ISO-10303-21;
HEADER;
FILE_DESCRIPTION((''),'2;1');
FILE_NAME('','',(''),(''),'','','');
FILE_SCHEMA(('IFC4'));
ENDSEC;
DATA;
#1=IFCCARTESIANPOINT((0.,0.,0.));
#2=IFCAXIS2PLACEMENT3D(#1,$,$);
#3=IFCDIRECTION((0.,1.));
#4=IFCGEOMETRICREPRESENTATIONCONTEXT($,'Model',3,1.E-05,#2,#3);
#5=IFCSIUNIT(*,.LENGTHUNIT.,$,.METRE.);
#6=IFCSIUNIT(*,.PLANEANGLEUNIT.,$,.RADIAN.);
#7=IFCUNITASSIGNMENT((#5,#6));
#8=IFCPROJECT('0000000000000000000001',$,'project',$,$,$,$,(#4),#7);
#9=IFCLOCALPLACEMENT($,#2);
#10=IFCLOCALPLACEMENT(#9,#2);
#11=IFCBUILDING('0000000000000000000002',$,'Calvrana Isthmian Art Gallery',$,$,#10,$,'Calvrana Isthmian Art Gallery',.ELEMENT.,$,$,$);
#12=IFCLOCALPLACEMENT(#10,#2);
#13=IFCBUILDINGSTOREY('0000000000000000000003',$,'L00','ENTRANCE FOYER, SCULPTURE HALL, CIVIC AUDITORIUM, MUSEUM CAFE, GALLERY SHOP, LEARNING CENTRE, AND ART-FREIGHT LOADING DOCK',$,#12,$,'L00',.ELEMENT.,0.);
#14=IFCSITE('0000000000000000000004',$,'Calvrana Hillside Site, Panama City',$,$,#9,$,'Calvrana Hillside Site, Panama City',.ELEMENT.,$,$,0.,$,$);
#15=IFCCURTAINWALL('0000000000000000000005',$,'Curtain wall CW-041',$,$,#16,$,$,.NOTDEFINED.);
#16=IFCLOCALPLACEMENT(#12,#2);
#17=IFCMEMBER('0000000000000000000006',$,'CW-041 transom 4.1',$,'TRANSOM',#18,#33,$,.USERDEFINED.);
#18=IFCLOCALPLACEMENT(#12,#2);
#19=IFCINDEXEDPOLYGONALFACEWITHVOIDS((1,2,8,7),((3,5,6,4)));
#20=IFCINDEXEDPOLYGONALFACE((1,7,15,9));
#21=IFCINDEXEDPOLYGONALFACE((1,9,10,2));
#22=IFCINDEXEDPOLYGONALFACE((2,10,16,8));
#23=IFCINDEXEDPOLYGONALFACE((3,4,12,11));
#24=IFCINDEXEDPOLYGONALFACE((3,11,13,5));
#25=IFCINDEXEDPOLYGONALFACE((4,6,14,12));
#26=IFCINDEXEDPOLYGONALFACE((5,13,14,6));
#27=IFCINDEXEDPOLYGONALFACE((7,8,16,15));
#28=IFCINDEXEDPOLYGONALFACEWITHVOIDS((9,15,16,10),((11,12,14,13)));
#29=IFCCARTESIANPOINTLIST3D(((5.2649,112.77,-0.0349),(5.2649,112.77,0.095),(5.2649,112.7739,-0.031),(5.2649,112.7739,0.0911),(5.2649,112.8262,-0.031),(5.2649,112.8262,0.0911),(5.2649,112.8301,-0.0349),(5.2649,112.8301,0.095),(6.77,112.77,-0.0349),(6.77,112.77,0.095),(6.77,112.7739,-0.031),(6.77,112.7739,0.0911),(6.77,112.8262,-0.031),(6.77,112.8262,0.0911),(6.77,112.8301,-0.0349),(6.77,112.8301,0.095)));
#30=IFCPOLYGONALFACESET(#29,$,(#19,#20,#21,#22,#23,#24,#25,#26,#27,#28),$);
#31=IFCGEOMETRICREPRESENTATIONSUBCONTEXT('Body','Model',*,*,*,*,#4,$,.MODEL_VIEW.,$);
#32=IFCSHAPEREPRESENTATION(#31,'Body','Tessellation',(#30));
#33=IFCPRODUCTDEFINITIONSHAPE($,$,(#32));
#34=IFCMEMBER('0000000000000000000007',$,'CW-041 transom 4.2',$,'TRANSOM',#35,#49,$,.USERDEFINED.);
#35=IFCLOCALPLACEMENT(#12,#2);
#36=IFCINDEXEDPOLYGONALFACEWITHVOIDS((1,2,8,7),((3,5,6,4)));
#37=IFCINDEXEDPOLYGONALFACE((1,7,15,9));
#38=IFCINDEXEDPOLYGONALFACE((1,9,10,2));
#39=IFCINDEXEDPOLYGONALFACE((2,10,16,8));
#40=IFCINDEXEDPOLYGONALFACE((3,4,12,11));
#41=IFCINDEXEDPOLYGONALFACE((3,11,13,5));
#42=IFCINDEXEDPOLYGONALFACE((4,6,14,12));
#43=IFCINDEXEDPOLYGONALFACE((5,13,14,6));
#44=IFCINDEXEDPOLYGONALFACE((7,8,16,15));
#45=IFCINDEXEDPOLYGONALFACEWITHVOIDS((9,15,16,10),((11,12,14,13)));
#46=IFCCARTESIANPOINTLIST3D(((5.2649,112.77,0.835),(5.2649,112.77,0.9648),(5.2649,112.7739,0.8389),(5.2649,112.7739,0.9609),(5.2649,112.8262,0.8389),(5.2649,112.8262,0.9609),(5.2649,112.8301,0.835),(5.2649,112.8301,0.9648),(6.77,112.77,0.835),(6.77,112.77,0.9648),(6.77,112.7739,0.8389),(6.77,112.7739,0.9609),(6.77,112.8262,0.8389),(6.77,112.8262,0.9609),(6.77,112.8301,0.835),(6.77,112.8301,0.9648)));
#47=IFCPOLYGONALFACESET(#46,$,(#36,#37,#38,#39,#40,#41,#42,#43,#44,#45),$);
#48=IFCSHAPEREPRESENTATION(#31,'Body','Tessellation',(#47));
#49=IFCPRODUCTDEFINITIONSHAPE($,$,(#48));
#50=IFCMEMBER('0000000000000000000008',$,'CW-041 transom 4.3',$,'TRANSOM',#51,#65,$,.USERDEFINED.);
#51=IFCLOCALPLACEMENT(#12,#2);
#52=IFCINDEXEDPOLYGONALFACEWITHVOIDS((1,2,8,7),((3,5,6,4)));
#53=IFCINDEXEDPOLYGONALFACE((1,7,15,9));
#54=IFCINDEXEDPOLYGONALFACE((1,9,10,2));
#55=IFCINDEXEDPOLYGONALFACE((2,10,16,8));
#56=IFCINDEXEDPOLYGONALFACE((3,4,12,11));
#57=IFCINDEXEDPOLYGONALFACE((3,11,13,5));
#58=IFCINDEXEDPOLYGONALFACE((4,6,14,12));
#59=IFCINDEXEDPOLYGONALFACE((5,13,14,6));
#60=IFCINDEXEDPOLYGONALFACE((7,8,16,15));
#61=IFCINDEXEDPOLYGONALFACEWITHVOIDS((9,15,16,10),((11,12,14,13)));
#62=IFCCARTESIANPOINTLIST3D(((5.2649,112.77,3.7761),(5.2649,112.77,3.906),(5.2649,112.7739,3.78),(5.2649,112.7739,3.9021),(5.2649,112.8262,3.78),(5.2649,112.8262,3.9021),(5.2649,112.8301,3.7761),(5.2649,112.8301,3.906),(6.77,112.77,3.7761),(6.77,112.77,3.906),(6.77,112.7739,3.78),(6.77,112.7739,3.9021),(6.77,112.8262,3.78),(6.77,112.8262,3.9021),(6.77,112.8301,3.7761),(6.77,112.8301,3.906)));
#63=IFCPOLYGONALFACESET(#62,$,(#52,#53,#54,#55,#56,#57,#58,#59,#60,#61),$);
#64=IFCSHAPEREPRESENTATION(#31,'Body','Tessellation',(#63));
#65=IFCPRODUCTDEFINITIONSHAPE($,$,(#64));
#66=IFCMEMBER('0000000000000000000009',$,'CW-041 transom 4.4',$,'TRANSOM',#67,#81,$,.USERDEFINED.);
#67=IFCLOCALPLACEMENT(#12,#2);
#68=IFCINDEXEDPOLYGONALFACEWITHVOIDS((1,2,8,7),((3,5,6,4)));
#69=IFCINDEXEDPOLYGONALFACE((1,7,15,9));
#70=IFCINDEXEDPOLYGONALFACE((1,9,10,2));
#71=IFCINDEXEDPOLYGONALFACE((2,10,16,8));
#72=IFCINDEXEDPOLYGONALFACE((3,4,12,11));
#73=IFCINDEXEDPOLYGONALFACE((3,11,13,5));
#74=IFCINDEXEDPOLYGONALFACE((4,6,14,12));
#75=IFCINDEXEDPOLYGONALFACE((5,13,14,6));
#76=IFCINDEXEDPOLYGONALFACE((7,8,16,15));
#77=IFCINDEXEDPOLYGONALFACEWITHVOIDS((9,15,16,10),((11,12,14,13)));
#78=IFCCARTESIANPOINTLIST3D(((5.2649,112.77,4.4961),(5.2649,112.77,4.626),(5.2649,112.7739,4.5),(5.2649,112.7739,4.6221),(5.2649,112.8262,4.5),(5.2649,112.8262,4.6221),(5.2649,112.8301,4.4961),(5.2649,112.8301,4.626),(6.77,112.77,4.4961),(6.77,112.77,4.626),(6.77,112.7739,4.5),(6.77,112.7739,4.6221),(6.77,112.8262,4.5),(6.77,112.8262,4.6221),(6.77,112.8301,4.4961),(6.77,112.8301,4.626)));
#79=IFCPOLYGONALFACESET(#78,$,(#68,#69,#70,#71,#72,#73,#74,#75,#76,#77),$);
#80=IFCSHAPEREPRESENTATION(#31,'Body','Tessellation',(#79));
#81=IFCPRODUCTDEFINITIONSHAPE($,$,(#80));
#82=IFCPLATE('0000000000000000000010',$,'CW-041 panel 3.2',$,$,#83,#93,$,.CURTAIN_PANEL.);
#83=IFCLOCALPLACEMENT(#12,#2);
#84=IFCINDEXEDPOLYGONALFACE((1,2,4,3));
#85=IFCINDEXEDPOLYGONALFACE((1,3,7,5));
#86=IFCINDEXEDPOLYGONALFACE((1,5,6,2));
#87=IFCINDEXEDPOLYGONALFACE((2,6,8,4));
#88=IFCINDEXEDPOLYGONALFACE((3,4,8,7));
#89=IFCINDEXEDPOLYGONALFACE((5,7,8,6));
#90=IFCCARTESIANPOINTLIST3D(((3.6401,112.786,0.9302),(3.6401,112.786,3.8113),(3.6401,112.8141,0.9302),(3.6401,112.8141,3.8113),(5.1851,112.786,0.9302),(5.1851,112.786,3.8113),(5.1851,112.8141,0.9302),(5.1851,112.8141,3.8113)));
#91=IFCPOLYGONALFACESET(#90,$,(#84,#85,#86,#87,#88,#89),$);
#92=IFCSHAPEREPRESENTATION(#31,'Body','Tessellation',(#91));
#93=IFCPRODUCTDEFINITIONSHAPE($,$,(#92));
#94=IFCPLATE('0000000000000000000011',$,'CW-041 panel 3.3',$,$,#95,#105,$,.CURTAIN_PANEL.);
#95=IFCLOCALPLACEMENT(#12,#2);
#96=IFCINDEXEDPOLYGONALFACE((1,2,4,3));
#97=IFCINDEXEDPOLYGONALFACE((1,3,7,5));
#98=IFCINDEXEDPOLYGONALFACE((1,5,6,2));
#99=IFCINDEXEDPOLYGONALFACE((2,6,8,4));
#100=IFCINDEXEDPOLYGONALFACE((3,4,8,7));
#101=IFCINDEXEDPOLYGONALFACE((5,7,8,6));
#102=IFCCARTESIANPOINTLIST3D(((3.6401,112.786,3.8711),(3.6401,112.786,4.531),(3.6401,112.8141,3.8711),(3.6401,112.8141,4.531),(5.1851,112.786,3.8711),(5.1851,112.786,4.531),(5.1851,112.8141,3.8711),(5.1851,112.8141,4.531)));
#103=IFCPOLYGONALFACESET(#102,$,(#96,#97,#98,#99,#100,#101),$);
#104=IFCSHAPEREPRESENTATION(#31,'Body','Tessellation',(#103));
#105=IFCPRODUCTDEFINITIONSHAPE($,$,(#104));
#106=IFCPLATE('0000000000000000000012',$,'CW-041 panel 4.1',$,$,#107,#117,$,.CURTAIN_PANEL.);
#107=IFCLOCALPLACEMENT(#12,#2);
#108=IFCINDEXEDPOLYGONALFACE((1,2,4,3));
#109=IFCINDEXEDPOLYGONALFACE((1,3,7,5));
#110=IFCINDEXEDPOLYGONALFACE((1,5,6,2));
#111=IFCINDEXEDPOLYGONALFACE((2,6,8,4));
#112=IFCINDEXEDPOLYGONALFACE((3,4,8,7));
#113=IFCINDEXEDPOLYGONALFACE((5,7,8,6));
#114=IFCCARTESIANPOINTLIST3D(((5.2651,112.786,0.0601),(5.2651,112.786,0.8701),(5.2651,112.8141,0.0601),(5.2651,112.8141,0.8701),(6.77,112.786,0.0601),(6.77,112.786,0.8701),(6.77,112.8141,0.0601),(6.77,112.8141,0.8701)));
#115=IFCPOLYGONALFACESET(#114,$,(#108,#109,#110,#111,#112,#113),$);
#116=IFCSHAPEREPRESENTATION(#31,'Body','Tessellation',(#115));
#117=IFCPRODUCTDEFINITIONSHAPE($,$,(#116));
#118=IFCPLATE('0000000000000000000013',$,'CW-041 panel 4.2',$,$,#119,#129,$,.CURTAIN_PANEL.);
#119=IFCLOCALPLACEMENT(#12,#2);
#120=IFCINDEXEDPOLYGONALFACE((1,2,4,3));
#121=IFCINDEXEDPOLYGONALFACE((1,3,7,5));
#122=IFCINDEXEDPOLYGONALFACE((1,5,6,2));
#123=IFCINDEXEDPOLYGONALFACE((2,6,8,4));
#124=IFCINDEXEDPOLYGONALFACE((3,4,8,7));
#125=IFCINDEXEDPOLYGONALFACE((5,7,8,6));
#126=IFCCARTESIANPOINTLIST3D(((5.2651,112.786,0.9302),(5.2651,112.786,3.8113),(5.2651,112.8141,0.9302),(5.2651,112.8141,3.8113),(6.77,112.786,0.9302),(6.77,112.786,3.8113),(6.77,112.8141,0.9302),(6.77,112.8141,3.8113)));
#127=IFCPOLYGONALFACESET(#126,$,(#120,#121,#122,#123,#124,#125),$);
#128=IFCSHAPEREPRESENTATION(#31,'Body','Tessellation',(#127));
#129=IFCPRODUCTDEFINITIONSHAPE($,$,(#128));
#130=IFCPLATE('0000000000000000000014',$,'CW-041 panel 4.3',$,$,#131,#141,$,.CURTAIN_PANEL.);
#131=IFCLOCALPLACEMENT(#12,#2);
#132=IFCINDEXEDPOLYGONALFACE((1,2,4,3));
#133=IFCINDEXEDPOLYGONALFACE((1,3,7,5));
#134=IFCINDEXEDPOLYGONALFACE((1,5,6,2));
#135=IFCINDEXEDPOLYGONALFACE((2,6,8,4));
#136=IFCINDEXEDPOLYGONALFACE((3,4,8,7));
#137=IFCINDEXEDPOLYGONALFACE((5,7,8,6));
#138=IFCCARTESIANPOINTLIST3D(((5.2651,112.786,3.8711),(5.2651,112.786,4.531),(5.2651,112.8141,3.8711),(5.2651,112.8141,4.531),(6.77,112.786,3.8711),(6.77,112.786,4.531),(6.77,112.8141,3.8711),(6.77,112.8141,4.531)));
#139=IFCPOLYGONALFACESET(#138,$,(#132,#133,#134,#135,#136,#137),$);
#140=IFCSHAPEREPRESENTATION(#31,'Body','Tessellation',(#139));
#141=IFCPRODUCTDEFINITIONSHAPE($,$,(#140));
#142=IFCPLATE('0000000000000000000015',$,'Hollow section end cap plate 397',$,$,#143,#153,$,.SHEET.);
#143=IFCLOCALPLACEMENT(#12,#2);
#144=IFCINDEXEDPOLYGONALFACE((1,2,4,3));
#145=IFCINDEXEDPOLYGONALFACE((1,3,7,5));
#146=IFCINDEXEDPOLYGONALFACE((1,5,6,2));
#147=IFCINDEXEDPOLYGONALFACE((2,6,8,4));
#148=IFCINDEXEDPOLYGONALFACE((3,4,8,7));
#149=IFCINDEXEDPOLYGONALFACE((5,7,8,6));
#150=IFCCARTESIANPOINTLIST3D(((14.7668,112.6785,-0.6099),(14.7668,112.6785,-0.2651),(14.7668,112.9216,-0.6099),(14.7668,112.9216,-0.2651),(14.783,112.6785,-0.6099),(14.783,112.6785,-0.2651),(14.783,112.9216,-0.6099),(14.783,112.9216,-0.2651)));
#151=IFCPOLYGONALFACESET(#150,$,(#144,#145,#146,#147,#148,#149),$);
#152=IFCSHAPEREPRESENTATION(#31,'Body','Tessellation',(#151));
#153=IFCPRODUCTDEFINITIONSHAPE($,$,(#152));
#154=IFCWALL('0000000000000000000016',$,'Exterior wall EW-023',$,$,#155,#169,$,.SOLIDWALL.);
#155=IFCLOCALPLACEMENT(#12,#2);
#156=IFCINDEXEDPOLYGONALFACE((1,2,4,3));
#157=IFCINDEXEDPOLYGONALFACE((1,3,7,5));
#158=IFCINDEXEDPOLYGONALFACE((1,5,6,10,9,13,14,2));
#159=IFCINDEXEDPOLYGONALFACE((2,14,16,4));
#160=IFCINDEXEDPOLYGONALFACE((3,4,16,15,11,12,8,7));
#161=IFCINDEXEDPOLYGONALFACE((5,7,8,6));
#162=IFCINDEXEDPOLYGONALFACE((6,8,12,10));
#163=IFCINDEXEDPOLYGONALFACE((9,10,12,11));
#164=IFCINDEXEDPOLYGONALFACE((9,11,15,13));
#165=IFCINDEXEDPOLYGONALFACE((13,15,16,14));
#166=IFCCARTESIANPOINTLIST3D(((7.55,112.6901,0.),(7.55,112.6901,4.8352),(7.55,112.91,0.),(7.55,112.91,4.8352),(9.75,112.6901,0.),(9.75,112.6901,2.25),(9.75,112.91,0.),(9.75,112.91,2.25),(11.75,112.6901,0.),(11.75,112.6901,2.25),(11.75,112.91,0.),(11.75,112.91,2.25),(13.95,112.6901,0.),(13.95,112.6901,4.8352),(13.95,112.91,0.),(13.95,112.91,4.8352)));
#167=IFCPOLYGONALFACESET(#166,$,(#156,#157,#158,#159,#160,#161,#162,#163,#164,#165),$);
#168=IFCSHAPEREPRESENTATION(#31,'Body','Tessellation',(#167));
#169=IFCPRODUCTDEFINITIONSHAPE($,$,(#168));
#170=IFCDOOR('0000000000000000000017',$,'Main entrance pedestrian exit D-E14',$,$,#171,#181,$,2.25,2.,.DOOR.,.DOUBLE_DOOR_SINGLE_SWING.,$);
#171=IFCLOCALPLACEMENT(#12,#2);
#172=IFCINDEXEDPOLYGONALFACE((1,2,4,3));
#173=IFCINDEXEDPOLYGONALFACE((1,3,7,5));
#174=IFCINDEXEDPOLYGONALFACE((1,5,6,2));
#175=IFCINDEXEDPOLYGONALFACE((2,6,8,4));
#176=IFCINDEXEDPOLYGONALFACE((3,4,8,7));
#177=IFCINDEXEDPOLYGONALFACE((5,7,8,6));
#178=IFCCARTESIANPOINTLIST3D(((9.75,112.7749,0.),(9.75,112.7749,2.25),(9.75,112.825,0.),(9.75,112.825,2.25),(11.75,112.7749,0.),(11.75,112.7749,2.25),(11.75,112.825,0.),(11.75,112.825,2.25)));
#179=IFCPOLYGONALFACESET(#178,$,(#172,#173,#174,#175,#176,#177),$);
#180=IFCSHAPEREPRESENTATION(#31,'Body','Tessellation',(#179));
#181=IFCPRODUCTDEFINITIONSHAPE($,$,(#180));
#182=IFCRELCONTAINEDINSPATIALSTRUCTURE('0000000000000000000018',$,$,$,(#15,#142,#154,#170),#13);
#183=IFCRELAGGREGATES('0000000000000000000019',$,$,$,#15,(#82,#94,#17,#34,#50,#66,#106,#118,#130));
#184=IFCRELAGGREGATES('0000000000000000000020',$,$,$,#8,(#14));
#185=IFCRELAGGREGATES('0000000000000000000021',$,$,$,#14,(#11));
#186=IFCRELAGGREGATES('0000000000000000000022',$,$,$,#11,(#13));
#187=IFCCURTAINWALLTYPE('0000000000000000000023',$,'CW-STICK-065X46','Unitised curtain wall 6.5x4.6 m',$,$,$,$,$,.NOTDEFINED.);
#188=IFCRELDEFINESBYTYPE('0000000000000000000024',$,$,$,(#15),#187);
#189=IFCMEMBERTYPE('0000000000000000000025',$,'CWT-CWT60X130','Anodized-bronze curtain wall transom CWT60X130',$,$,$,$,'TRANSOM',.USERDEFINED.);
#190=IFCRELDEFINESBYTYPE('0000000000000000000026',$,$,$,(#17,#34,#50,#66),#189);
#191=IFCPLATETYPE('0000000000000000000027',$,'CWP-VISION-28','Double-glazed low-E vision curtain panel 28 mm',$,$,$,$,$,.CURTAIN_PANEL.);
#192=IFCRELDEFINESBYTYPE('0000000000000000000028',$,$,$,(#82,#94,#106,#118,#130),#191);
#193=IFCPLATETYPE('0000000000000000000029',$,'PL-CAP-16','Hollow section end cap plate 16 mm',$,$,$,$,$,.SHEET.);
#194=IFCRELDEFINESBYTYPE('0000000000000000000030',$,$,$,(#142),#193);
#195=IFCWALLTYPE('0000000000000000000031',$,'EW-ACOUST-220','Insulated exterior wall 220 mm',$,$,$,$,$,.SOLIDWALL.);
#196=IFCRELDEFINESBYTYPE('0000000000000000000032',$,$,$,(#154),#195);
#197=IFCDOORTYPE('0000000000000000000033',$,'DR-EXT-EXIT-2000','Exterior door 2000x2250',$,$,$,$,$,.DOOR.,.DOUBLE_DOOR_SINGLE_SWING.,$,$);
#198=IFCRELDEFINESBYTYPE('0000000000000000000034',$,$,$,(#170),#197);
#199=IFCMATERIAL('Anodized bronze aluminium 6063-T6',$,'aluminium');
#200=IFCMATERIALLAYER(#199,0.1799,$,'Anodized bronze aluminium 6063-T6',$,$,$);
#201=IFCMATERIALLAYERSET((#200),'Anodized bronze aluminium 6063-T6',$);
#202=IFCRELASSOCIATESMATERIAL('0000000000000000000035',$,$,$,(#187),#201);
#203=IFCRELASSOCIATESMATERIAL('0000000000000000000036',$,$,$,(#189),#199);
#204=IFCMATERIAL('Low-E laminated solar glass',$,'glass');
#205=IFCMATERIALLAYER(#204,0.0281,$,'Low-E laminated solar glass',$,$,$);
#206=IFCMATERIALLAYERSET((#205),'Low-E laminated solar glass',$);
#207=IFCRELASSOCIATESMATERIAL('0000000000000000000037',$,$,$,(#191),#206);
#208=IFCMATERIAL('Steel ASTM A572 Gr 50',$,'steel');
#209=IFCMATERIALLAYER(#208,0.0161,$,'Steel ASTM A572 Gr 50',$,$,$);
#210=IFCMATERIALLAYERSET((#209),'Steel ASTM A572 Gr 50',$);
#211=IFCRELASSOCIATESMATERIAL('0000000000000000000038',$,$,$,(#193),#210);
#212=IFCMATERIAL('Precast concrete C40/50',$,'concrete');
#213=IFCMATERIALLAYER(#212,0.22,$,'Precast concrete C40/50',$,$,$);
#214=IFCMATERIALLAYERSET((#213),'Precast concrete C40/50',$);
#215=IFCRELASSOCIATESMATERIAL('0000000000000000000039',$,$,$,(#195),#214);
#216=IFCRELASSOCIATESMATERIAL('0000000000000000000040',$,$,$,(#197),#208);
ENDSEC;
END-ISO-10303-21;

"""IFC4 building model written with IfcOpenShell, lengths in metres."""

from ifc_helpers import new_model, si_unit, direction, frame, frame_2d, origin, origin_2d, place, context, subcontext, project, spatial, rectangle, hollow_rectangle, extrude, material, layer, layer_set, material_profile, profile_set, type_object, element, fill, aggregate, save


model = new_model("IFC4")

# Units and contexts
model_context = context("Model", 3, precision=1e-05, world=origin(), true_north=direction((0.0, 1.0)))
body_context = subcontext(model_context, "Body", "Model", "MODEL_VIEW")
ifc_project = project(units=[si_unit("LENGTHUNIT", "METRE"), si_unit("PLANEANGLEUNIT", "RADIAN")], contexts=[model_context])

# Site, building, storey
site_placement = place(None, origin())
site = spatial("IfcSite", under=ifc_project, at=site_placement, Name="Calvrana Hillside Site, Panama City", LongName="Calvrana Hillside Site, Panama City", CompositionType="ELEMENT", RefElevation=0.0)
building_placement = place(site_placement, origin())
building = spatial("IfcBuilding", under=site, at=building_placement, Name="Calvrana Isthmian Art Gallery", LongName="Calvrana Isthmian Art Gallery", CompositionType="ELEMENT")
storey_placement = place(building_placement, origin())
storey = spatial("IfcBuildingStorey", under=building, at=storey_placement, Name="L00", Description="ENTRANCE FOYER, SCULPTURE HALL, CIVIC AUDITORIUM, MUSEUM CAFE, GALLERY SHOP, LEARNING CENTRE, AND ART-FREIGHT LOADING DOCK", LongName="L00", CompositionType="ELEMENT", Elevation=0.0)

# Shared definitions
ifc_material_1 = material(Name="Anodized bronze aluminium 6063-T6", Category="aluminium")

# Curtain wall, members, plates
ifc_layer_1 = layer(ifc_material_1, 0.1799, Name="Anodized bronze aluminium 6063-T6")
ifc_layer_set_1 = layer_set([ifc_layer_1], Name="Anodized bronze aluminium 6063-T6")
curtain_wall_type_1 = type_object("IfcCurtainWallType", Name="CW-STICK-065X46", Description="Unitised curtain wall 6.5x4.6 m", PredefinedType="NOTDEFINED", material=ifc_layer_set_1)
curtain_wall_1_placement = place(storey_placement, origin())
curtain_wall_1 = element("IfcCurtainWall", 1, at=curtain_wall_1_placement, inside=storey, type_object=curtain_wall_type_1, Name="Curtain wall CW-041", PredefinedType="NOTDEFINED")
ifc_material_profile_1 = material_profile(ifc_material_1, hollow_rectangle(XDim=0.0601, YDim=0.1299, WallThickness=0.0039, at=origin_2d()), Name="CWT60X130")
ifc_profile_set_1 = profile_set([ifc_material_profile_1], Name="Anodized bronze aluminium 6063-T6")
member_type_1 = type_object("IfcMemberType", Name="CWT-CWT60X130", Description="Anodized-bronze curtain wall transom CWT60X130", ElementType="TRANSOM", PredefinedType="USERDEFINED", material=ifc_profile_set_1)
member_1_placement = place(storey_placement, frame((5.2649, 112.8, 0.03), z_axis=(1.0, 0.0, 0.0), x_axis=(0.0, 1.0, 0.0)))
member_1 = element("IfcMember", 2, at=member_1_placement, type_object=member_type_1, Name="CW-041 transom 4.1", ObjectType="TRANSOM", PredefinedType="USERDEFINED", context=body_context, shape_type="SweptSolid", body=[
    extrude(hollow_rectangle(XDim=0.0601, YDim=0.1299, WallThickness=0.0039, at=origin_2d()), origin(), (0.0, 0.0, 1.0), 1.5051),
])
member_2_placement = place(storey_placement, frame((5.2649, 112.8, 0.8999), z_axis=(1.0, 0.0, 0.0), x_axis=(0.0, 1.0, 0.0)))
member_2 = element("IfcMember", 3, at=member_2_placement, type_object=member_type_1, Name="CW-041 transom 4.2", ObjectType="TRANSOM", PredefinedType="USERDEFINED", context=body_context, shape_type="SweptSolid", body=[
    extrude(hollow_rectangle(XDim=0.0601, YDim=0.1299, WallThickness=0.0039, at=origin_2d()), origin(), (0.0, 0.0, 1.0), 1.5051),
])
member_3_placement = place(storey_placement, frame((5.2649, 112.8, 3.8411), z_axis=(1.0, 0.0, 0.0), x_axis=(0.0, 1.0, 0.0)))
member_3 = element("IfcMember", 4, at=member_3_placement, type_object=member_type_1, Name="CW-041 transom 4.3", ObjectType="TRANSOM", PredefinedType="USERDEFINED", context=body_context, shape_type="SweptSolid", body=[
    extrude(hollow_rectangle(XDim=0.0601, YDim=0.1299, WallThickness=0.0039, at=origin_2d()), origin(), (0.0, 0.0, 1.0), 1.5051),
])
member_4_placement = place(storey_placement, frame((5.2649, 112.8, 4.561), z_axis=(1.0, 0.0, 0.0), x_axis=(0.0, 1.0, 0.0)))
member_4 = element("IfcMember", 5, at=member_4_placement, type_object=member_type_1, Name="CW-041 transom 4.4", ObjectType="TRANSOM", PredefinedType="USERDEFINED", context=body_context, shape_type="SweptSolid", body=[
    extrude(hollow_rectangle(XDim=0.0601, YDim=0.1299, WallThickness=0.0039, at=origin_2d()), origin(), (0.0, 0.0, 1.0), 1.5051),
])
ifc_material_2 = material(Name="Low-E laminated solar glass", Category="glass")
ifc_layer_2 = layer(ifc_material_2, 0.0281, Name="Low-E laminated solar glass")
ifc_layer_set_2 = layer_set([ifc_layer_2], Name="Low-E laminated solar glass")
plate_type_1 = type_object("IfcPlateType", Name="CWP-VISION-28", Description="Double-glazed low-E vision curtain panel 28 mm", PredefinedType="CURTAIN_PANEL", material=ifc_layer_set_2)
plate_1_placement = place(storey_placement, frame((4.4126, 112.8, 0.9302), z_axis=(0.0, 0.0, 1.0), x_axis=(1.0, 0.0, 0.0)))
plate_1 = element("IfcPlate", 6, at=plate_1_placement, type_object=plate_type_1, Name="CW-041 panel 3.2", PredefinedType="CURTAIN_PANEL", context=body_context, shape_type="SweptSolid", body=[
    extrude(rectangle(XDim=1.5449, YDim=0.0281, at=origin_2d()), origin(), (0.0, 0.0, 1.0), 2.8811),
])
plate_2_placement = place(storey_placement, frame((4.4126, 112.8, 3.8711), z_axis=(0.0, 0.0, 1.0), x_axis=(1.0, 0.0, 0.0)))
plate_2 = element("IfcPlate", 7, at=plate_2_placement, type_object=plate_type_1, Name="CW-041 panel 3.3", PredefinedType="CURTAIN_PANEL", context=body_context, shape_type="SweptSolid", body=[
    extrude(rectangle(XDim=1.5449, YDim=0.0281, at=origin_2d()), origin(), (0.0, 0.0, 1.0), 0.6599),
])
plate_3_placement = place(storey_placement, frame((6.0176, 112.8, 0.0601), z_axis=(0.0, 0.0, 1.0), x_axis=(1.0, 0.0, 0.0)))
plate_3 = element("IfcPlate", 8, at=plate_3_placement, type_object=plate_type_1, Name="CW-041 panel 4.1", PredefinedType="CURTAIN_PANEL", context=body_context, shape_type="SweptSolid", body=[
    extrude(rectangle(XDim=1.5049, YDim=0.0281, at=origin_2d()), origin(), (0.0, 0.0, 1.0), 0.8101),
])
plate_4_placement = place(storey_placement, frame((6.0176, 112.8, 0.9302), z_axis=(0.0, 0.0, 1.0), x_axis=(1.0, 0.0, 0.0)))
plate_4 = element("IfcPlate", 9, at=plate_4_placement, type_object=plate_type_1, Name="CW-041 panel 4.2", PredefinedType="CURTAIN_PANEL", context=body_context, shape_type="SweptSolid", body=[
    extrude(rectangle(XDim=1.5049, YDim=0.0281, at=origin_2d()), origin(), (0.0, 0.0, 1.0), 2.8811),
])
plate_5_placement = place(storey_placement, frame((6.0176, 112.8, 3.8711), z_axis=(0.0, 0.0, 1.0), x_axis=(1.0, 0.0, 0.0)))
plate_5 = element("IfcPlate", 10, at=plate_5_placement, type_object=plate_type_1, Name="CW-041 panel 4.3", PredefinedType="CURTAIN_PANEL", context=body_context, shape_type="SweptSolid", body=[
    extrude(rectangle(XDim=1.5049, YDim=0.0281, at=origin_2d()), origin(), (0.0, 0.0, 1.0), 0.6599),
])
aggregate(curtain_wall_1, [plate_1, plate_2, member_1, member_2, member_3, member_4, plate_3, plate_4, plate_5])

# Plate
ifc_material_3 = material(Name="Steel ASTM A572 Gr 50", Category="steel")
ifc_layer_3 = layer(ifc_material_3, 0.0161, Name="Steel ASTM A572 Gr 50")
ifc_layer_set_3 = layer_set([ifc_layer_3], Name="Steel ASTM A572 Gr 50")
plate_type_2 = type_object("IfcPlateType", Name="PL-CAP-16", Description="Hollow section end cap plate 16 mm", PredefinedType="SHEET", material=ifc_layer_set_3)
plate_6_placement = place(storey_placement, frame((14.7749, 112.8, -0.6099), z_axis=(0.0, 0.0, 1.0), x_axis=(1.0, 0.0, 0.0)))
element("IfcPlate", 11, at=plate_6_placement, inside=storey, type_object=plate_type_2, Name="Hollow section end cap plate 397", PredefinedType="SHEET", context=body_context, shape_type="SweptSolid", body=[
    extrude(rectangle(XDim=0.0161, YDim=0.2432, at=origin_2d()), origin(), (0.0, 0.0, 1.0), 0.3447),
])

# Wall, opening, door
ifc_material_4 = material(Name="Precast concrete C40/50", Category="concrete")
ifc_layer_4 = layer(ifc_material_4, 0.22, Name="Precast concrete C40/50")
ifc_layer_set_4 = layer_set([ifc_layer_4], Name="Precast concrete C40/50")
wall_type = type_object("IfcWallType", Name="EW-ACOUST-220", Description="Insulated exterior wall 220 mm", PredefinedType="SOLIDWALL", material=ifc_layer_set_4)
wall_placement = place(storey_placement, frame((7.55, 112.8, 0.0), z_axis=(0.0, 0.0, 1.0), x_axis=(1.0, 0.0, 0.0)))
wall = element("IfcWall", 12, at=wall_placement, inside=storey, type_object=wall_type, Name="Exterior wall EW-023", PredefinedType="SOLIDWALL", context=body_context, shape_type="SweptSolid", body=[
    extrude(rectangle(XDim=6.3999, YDim=0.22, at=frame_2d((3.2, 0.0))), origin(), (0.0, 0.0, 1.0), 4.8352),
])
opening_placement = place(wall_placement, frame((2.2, 0.0, 0.0)))
opening = element("IfcOpeningElement", 13, at=opening_placement, cuts=wall, PredefinedType="OPENING", context=body_context, shape_type="SweptSolid", body=[
    extrude(rectangle(XDim=2.0, YDim=2.25, at=frame_2d((1.0, 1.125))), frame((0.0, 0.1201, 0.0), z_axis=(0.0, -1.0, 0.0), x_axis=(1.0, 0.0, 0.0)), (0.0, 0.0, 1.0), 0.2405),
])
door_type = type_object("IfcDoorType", Name="DR-EXT-EXIT-2000", Description="Exterior door 2000x2250", OperationType="DOUBLE_DOOR_SINGLE_SWING", PredefinedType="DOOR", material=ifc_material_3)
door_placement = place(opening_placement, origin())
door = element("IfcDoor", 14, at=door_placement, inside=storey, type_object=door_type, Name="Main entrance pedestrian exit D-E14", OperationType="DOUBLE_DOOR_SINGLE_SWING", OverallHeight=2.25, OverallWidth=2.0, PredefinedType="DOOR", context=body_context, shape_type="SweptSolid", body=[
    extrude(rectangle(XDim=2.0, YDim=2.25, at=frame_2d((1.0, 1.125))), frame((0.0, 0.0249, 0.0), z_axis=(0.0, -1.0, 0.0), x_axis=(1.0, 0.0, 0.0)), (0.0, 0.0, 1.0), 0.05),
])
fill(opening, door)

save(model, "model.ifc")
